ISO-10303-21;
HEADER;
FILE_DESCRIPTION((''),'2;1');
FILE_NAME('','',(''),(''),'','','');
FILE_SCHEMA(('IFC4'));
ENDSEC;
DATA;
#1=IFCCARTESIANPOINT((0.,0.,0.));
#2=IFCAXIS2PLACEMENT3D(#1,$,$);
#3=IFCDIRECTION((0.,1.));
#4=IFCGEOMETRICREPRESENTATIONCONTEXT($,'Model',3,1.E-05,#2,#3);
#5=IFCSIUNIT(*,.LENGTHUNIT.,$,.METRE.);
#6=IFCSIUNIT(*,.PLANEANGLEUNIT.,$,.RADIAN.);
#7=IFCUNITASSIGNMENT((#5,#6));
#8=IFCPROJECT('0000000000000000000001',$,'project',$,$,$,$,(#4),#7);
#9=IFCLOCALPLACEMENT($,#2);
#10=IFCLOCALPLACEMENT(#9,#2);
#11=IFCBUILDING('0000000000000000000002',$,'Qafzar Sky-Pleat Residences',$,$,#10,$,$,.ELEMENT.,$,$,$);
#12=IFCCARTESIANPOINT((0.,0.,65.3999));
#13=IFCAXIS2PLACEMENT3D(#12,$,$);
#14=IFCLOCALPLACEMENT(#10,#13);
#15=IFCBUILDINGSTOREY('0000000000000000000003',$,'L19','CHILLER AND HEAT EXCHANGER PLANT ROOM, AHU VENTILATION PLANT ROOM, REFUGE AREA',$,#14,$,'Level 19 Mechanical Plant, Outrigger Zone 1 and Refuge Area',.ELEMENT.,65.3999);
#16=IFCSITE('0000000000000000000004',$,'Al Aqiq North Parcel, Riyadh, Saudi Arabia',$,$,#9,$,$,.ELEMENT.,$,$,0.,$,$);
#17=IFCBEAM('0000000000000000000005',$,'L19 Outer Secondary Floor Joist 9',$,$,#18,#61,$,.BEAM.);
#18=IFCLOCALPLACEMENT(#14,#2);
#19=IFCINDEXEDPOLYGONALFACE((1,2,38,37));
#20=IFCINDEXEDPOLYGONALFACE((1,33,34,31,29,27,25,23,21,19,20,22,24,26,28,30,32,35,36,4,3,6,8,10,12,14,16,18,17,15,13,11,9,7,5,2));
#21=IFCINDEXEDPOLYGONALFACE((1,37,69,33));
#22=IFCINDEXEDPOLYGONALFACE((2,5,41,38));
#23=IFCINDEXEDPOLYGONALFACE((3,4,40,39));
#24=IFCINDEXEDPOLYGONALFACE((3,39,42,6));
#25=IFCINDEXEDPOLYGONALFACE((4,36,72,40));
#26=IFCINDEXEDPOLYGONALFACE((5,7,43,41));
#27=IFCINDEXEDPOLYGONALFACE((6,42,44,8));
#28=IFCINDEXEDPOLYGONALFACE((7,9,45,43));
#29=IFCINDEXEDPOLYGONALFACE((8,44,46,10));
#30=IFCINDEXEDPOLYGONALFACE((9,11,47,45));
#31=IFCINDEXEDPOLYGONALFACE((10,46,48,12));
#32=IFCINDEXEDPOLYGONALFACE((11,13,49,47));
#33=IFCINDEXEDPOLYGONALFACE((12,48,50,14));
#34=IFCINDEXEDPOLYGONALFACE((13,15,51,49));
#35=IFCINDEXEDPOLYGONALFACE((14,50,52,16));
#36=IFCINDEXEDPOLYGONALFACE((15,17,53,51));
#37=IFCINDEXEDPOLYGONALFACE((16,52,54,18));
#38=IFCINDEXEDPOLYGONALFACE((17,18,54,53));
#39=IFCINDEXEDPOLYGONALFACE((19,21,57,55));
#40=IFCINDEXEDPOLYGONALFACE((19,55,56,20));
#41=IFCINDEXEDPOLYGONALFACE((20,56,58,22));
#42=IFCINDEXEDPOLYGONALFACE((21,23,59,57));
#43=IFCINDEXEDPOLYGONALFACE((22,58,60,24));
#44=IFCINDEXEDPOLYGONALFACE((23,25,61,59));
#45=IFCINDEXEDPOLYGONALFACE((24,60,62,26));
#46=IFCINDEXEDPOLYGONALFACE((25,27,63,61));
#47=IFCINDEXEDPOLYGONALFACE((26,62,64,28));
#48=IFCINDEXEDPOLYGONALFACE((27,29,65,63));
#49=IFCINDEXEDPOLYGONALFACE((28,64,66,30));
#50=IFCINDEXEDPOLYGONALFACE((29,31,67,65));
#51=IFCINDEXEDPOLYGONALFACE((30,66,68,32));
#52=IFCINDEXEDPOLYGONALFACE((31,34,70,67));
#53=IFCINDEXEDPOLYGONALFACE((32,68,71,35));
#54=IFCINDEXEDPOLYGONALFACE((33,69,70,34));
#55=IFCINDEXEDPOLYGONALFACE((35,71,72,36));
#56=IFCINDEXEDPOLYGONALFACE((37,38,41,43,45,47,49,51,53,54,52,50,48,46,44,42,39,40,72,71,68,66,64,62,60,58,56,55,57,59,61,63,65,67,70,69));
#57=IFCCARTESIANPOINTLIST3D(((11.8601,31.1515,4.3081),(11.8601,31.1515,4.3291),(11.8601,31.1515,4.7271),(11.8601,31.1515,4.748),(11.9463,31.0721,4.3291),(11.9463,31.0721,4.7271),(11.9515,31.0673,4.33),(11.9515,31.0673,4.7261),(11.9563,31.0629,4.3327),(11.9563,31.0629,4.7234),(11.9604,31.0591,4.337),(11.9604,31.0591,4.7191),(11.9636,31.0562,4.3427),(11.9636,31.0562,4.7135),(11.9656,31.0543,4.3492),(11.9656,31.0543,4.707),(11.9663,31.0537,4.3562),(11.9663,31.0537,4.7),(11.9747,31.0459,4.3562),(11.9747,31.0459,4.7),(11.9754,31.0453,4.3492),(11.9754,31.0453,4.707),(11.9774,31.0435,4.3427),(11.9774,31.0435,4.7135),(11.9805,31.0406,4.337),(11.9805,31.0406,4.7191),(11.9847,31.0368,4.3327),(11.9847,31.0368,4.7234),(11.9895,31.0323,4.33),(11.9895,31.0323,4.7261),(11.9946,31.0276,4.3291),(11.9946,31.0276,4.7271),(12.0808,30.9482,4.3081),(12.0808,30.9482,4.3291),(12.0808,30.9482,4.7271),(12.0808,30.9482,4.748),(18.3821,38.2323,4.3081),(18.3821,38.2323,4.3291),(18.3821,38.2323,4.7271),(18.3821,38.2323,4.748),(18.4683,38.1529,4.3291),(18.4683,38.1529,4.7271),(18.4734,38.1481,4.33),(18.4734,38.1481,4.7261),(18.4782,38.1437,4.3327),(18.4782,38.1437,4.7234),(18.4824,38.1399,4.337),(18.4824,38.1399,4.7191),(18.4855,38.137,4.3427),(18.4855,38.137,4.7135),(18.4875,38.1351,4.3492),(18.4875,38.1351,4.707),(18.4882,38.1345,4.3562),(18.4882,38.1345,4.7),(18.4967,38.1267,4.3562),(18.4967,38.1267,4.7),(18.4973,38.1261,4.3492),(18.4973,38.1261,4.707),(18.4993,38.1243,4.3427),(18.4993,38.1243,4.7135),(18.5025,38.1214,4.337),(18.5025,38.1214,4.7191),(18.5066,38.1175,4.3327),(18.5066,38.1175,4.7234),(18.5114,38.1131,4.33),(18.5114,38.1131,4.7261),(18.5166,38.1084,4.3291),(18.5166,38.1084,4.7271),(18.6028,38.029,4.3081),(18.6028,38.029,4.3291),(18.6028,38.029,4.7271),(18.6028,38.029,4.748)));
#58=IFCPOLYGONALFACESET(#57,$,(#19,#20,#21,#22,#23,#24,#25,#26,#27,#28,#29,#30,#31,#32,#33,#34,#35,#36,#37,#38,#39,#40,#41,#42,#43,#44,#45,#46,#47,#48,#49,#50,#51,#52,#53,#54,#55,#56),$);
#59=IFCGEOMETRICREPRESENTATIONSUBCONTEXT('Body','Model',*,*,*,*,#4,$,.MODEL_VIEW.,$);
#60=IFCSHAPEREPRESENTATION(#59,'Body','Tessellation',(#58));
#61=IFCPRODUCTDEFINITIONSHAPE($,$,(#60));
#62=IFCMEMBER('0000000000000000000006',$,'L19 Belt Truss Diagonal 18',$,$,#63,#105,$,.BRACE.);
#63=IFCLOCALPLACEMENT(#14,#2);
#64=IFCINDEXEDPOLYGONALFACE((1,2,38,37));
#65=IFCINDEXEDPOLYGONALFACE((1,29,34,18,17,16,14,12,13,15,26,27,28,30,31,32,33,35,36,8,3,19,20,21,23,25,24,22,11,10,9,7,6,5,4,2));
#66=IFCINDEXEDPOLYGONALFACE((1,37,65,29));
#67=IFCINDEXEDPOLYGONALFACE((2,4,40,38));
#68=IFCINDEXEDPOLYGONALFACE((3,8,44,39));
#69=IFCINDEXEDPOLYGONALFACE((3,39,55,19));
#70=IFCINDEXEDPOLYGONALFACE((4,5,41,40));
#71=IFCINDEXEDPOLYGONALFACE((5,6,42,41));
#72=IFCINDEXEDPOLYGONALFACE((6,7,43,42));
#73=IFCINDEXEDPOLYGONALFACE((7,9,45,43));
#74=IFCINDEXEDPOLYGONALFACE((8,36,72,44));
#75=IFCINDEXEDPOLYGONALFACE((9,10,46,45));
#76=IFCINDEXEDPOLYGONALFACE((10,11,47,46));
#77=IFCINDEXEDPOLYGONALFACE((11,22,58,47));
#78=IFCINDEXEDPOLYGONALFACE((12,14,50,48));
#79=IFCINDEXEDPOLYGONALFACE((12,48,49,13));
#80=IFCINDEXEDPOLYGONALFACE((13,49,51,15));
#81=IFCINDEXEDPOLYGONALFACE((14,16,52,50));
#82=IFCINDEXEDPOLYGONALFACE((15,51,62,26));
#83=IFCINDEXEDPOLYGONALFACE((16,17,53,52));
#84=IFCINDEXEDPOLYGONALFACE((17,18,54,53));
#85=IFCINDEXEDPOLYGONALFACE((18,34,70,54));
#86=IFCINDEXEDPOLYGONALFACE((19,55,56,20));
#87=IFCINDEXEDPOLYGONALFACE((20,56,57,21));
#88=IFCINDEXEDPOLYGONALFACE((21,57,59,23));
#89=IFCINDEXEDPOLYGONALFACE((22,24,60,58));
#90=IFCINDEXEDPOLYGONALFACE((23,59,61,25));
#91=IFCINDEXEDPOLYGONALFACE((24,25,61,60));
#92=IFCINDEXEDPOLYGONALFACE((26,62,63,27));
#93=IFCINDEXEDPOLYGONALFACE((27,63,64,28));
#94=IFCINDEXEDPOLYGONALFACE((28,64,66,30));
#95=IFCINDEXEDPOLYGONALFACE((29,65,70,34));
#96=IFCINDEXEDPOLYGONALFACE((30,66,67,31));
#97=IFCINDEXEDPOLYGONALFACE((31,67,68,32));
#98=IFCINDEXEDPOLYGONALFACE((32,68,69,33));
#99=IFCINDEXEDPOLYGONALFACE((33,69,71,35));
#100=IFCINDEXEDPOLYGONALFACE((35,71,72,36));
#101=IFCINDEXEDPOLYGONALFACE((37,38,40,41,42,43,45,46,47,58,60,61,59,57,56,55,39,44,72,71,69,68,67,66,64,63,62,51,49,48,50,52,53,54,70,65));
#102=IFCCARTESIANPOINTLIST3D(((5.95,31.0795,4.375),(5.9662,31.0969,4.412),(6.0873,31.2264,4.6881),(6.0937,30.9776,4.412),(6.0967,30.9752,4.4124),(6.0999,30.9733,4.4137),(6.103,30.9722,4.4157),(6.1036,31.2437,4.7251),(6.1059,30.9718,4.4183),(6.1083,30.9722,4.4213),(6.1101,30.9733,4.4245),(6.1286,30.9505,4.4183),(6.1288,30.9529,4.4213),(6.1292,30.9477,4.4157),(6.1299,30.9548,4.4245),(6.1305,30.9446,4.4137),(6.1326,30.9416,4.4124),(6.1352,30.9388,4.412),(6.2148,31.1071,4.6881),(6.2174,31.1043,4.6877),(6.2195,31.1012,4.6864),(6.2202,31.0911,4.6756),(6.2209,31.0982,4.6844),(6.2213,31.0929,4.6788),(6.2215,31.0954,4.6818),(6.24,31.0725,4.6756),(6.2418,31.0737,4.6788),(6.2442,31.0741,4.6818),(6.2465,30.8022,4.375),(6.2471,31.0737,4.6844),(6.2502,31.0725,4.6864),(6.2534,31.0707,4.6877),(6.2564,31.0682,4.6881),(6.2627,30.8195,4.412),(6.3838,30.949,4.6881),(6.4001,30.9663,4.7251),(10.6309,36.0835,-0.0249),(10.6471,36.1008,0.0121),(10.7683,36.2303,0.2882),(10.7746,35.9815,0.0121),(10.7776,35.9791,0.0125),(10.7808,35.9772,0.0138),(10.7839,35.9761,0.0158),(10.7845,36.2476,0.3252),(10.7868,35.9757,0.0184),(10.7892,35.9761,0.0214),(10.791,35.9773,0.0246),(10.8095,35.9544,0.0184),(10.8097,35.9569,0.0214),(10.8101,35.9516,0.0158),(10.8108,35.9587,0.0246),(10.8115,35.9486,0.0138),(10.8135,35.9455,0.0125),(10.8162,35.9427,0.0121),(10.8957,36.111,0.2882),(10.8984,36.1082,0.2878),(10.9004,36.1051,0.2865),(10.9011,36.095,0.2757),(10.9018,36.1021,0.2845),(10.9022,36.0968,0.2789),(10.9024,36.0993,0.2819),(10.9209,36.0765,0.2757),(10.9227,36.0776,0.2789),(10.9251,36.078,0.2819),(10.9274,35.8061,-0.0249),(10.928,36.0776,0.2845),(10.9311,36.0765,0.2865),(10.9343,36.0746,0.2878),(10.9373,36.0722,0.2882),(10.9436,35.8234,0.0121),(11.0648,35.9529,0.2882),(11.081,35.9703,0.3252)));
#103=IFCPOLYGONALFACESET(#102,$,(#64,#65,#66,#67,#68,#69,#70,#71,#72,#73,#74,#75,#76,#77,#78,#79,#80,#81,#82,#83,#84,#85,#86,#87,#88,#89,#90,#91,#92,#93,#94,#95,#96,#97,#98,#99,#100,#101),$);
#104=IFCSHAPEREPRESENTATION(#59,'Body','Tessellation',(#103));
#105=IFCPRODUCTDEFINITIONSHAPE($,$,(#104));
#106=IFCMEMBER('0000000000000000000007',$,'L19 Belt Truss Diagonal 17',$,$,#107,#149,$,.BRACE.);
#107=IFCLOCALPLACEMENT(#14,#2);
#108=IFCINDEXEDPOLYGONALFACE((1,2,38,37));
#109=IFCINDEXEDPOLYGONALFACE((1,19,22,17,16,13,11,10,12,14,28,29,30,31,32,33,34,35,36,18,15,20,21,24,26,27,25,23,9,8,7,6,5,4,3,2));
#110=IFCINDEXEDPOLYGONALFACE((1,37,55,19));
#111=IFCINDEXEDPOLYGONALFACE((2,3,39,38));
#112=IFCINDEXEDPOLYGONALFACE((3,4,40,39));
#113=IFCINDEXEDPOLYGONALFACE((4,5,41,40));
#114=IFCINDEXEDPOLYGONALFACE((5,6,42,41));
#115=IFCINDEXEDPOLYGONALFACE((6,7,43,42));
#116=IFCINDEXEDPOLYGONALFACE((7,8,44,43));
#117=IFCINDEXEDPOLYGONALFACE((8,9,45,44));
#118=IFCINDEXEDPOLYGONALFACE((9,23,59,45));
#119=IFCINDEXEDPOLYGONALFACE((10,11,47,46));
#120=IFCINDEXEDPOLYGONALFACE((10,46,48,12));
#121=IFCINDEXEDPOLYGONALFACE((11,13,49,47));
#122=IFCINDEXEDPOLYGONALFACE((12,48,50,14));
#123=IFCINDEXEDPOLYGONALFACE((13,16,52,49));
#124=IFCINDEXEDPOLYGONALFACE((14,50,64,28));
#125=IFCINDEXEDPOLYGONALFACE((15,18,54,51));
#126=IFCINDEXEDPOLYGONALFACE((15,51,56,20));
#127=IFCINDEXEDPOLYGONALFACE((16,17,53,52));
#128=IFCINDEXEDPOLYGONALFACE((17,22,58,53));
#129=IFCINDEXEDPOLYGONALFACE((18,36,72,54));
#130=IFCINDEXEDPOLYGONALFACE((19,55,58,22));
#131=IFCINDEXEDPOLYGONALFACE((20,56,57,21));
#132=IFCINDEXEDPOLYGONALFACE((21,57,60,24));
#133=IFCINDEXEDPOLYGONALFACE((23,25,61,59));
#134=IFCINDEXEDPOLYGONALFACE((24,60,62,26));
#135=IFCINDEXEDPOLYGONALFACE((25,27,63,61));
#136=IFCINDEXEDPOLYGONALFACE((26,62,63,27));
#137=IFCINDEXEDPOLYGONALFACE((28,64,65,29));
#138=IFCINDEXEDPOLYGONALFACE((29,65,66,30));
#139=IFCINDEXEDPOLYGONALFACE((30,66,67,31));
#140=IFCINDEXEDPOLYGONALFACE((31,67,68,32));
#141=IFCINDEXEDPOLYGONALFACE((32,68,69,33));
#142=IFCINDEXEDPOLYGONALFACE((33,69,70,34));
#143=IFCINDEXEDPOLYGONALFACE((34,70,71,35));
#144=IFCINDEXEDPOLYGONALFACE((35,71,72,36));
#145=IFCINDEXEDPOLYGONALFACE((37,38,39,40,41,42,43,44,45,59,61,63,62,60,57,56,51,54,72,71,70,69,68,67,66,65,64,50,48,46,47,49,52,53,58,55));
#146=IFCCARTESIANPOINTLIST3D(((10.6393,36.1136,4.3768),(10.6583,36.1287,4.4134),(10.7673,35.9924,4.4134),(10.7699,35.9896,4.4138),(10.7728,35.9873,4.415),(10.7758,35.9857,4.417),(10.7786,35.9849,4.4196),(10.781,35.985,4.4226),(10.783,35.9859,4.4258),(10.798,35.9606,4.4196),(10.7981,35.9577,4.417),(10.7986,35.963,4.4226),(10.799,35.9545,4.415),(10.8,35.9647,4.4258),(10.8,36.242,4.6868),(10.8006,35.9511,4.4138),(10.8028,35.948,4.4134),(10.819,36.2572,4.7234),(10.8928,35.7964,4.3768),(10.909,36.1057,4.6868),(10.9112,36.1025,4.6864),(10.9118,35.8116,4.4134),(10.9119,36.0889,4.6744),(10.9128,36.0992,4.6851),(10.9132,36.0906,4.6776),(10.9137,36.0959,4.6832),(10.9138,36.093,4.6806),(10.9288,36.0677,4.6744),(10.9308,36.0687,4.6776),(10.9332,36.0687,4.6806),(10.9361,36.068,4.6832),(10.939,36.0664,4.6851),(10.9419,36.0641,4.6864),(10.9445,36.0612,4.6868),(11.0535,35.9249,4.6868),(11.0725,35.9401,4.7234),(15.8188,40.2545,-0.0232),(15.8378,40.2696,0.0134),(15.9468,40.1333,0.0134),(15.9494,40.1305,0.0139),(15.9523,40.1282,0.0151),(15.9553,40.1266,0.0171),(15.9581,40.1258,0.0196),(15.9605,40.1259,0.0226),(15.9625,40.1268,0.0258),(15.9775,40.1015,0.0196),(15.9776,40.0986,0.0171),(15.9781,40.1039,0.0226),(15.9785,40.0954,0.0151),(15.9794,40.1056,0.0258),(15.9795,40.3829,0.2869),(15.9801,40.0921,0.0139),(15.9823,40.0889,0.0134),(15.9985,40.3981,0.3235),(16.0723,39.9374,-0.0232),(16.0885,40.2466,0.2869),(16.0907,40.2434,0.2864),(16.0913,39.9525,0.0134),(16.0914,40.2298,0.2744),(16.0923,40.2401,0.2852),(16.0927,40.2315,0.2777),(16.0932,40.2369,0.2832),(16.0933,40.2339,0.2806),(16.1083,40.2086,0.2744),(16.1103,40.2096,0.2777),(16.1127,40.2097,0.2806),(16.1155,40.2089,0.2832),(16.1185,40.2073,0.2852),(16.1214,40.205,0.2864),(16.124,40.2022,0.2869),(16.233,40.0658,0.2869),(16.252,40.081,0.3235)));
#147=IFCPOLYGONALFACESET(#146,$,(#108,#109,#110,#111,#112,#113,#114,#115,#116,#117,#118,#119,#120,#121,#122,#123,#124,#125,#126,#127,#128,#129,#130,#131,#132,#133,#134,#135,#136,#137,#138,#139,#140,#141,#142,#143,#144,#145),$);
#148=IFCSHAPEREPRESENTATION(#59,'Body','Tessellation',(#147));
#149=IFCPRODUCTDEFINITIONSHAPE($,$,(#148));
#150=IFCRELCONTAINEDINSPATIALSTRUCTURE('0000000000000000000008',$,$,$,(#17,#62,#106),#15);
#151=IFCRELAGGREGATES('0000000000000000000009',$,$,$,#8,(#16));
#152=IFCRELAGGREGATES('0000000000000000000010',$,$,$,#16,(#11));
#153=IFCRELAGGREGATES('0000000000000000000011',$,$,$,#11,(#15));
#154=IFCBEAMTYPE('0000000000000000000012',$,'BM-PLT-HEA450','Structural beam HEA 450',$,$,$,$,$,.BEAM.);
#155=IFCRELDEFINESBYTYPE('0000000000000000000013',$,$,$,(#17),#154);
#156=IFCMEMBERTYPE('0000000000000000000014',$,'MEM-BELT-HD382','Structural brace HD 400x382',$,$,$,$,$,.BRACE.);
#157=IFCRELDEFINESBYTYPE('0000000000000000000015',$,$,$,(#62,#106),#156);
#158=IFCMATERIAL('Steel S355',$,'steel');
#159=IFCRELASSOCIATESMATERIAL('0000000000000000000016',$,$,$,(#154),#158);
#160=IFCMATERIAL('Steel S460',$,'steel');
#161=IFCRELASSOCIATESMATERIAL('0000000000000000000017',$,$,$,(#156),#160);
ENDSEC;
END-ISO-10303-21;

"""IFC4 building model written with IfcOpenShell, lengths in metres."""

from ifc_helpers import new_model, si_unit, direction, frame, origin, origin_2d, place, context, subcontext, project, spatial, i_section, extrude, source, transform, mapped, material, material_profile, profile_set, type_object, element, save


model = new_model("IFC4")

# Units and contexts
model_context = context("Model", 3, precision=1e-05, world=origin(), true_north=direction((0.0, 1.0)))
body_context = subcontext(model_context, "Body", "Model", "MODEL_VIEW")
ifc_project = project(units=[si_unit("LENGTHUNIT", "METRE"), si_unit("PLANEANGLEUNIT", "RADIAN")], contexts=[model_context])

# Site, building, storey
site_placement = place(None, origin())
site = spatial("IfcSite", under=ifc_project, at=site_placement, Name="Al Aqiq North Parcel, Riyadh, Saudi Arabia", CompositionType="ELEMENT", RefElevation=0.0)
building_placement = place(site_placement, origin())
building = spatial("IfcBuilding", under=site, at=building_placement, Name="Qafzar Sky-Pleat Residences", CompositionType="ELEMENT")
storey_placement = place(building_placement, frame((0.0, 0.0, 65.3999)))
storey = spatial("IfcBuildingStorey", under=building, at=storey_placement, Name="L19", Description="CHILLER AND HEAT EXCHANGER PLANT ROOM, AHU VENTILATION PLANT ROOM, REFUGE AREA", LongName="Level 19 Mechanical Plant, Outrigger Zone 1 and Refuge Area", CompositionType="ELEMENT", Elevation=65.3999)

# Shared definitions
ifc_material_1 = material(Name="Steel S460", Category="steel")

# Beam
ifc_material_2 = material(Name="Steel S355", Category="steel")
ifc_material_profile_1 = material_profile(ifc_material_2, i_section(OverallWidth=0.3, OverallDepth=0.4399, WebThickness=0.0115, FlangeThickness=0.021, FilletRadius=0.0271, at=origin_2d()), Name="HEA 450")
ifc_profile_set_1 = profile_set([ifc_material_profile_1], Name="Steel S355")
beam_type_1 = type_object("IfcBeamType", Name="BM-PLT-HEA450", Description="Structural beam HEA 450", PredefinedType="BEAM", material=ifc_profile_set_1)
shared_shape_1 = source(origin(), body_context, "Body", "SweptSolid", [
    extrude(i_section(OverallWidth=0.3, OverallDepth=0.4399, WebThickness=0.0115, FlangeThickness=0.021, FilletRadius=0.0271, at=origin_2d()), origin(), (0.0, 0.0, 1.0), 9.6267),
])
beam_1_placement = place(storey_placement, frame((18.4924, 38.1306, 4.5281), z_axis=(-0.677486, -0.735536, 0.0), x_axis=(0.735536, -0.677486, 0.0)))
element("IfcBeam", 1, at=beam_1_placement, inside=storey, type_object=beam_type_1, Name="L19 Outer Secondary Floor Joist 9", PredefinedType="BEAM", context=body_context, shape_type="MappedRepresentation", body=[
    mapped(shared_shape_1, transform((0.0, 0.0, 0.0), x_axis=(1.0, 0.0, 0.0), y_axis=(0.0, 1.0, 0.0), z_axis=(0.0, 0.0, 1.0), scale=1.0)),
])

# Members
ifc_material_profile_2 = material_profile(ifc_material_1, i_section(OverallWidth=0.406, OverallDepth=0.416, WebThickness=0.0271, FlangeThickness=0.0439, FilletRadius=0.0149, at=origin_2d()), Name="HD 400x382")
ifc_profile_set_2 = profile_set([ifc_material_profile_2], Name="Steel S460")
member_type_1 = type_object("IfcMemberType", Name="MEM-BELT-HD382", Description="Structural brace HD 400x382", PredefinedType="BRACE", material=ifc_profile_set_2)
shared_shape_2 = source(origin(), body_context, "Body", "SweptSolid", [
    extrude(i_section(OverallWidth=0.406, OverallDepth=0.416, WebThickness=0.0271, FlangeThickness=0.0439, FilletRadius=0.0149, at=origin_2d()), origin(), (0.0, 0.0, 1.0), 8.1431),
])
member_1_placement = place(storey_placement, frame((10.856, 36.0269, 0.1501), z_axis=(-0.574835, -0.614501, 0.540327), x_axis=(0.730283, -0.683144, 0.0)))
element("IfcMember", 2, at=member_1_placement, inside=storey, type_object=member_type_1, Name="L19 Belt Truss Diagonal 18", PredefinedType="BRACE", context=body_context, shape_type="MappedRepresentation", body=[
    mapped(shared_shape_2, transform((0.0, 0.0, 0.0), x_axis=(1.0, 0.0, 0.0), y_axis=(0.0, 1.0, 0.0), z_axis=(0.0, 0.0, 1.0), scale=1.0)),
])
shared_shape_3 = source(origin(), body_context, "Body", "SweptSolid", [
    extrude(i_section(OverallWidth=0.406, OverallDepth=0.416, WebThickness=0.0271, FlangeThickness=0.0439, FilletRadius=0.0149, at=origin_2d()), origin(), (0.0, 0.0, 1.0), 7.9583),
])
member_2_placement = place(storey_placement, frame((16.0354, 40.1677, 0.1501), z_axis=(-0.650833, -0.520329, 0.552878), x_axis=(0.624448, -0.781066, 0.0)))
element("IfcMember", 3, at=member_2_placement, inside=storey, type_object=member_type_1, Name="L19 Belt Truss Diagonal 17", PredefinedType="BRACE", context=body_context, shape_type="MappedRepresentation", body=[
    mapped(shared_shape_3, transform((0.0, 0.0, 0.0), x_axis=(1.0, 0.0, 0.0), y_axis=(0.0, 1.0, 0.0), z_axis=(0.0, 0.0, 1.0), scale=1.0)),
])

save(model, "model.ifc")
